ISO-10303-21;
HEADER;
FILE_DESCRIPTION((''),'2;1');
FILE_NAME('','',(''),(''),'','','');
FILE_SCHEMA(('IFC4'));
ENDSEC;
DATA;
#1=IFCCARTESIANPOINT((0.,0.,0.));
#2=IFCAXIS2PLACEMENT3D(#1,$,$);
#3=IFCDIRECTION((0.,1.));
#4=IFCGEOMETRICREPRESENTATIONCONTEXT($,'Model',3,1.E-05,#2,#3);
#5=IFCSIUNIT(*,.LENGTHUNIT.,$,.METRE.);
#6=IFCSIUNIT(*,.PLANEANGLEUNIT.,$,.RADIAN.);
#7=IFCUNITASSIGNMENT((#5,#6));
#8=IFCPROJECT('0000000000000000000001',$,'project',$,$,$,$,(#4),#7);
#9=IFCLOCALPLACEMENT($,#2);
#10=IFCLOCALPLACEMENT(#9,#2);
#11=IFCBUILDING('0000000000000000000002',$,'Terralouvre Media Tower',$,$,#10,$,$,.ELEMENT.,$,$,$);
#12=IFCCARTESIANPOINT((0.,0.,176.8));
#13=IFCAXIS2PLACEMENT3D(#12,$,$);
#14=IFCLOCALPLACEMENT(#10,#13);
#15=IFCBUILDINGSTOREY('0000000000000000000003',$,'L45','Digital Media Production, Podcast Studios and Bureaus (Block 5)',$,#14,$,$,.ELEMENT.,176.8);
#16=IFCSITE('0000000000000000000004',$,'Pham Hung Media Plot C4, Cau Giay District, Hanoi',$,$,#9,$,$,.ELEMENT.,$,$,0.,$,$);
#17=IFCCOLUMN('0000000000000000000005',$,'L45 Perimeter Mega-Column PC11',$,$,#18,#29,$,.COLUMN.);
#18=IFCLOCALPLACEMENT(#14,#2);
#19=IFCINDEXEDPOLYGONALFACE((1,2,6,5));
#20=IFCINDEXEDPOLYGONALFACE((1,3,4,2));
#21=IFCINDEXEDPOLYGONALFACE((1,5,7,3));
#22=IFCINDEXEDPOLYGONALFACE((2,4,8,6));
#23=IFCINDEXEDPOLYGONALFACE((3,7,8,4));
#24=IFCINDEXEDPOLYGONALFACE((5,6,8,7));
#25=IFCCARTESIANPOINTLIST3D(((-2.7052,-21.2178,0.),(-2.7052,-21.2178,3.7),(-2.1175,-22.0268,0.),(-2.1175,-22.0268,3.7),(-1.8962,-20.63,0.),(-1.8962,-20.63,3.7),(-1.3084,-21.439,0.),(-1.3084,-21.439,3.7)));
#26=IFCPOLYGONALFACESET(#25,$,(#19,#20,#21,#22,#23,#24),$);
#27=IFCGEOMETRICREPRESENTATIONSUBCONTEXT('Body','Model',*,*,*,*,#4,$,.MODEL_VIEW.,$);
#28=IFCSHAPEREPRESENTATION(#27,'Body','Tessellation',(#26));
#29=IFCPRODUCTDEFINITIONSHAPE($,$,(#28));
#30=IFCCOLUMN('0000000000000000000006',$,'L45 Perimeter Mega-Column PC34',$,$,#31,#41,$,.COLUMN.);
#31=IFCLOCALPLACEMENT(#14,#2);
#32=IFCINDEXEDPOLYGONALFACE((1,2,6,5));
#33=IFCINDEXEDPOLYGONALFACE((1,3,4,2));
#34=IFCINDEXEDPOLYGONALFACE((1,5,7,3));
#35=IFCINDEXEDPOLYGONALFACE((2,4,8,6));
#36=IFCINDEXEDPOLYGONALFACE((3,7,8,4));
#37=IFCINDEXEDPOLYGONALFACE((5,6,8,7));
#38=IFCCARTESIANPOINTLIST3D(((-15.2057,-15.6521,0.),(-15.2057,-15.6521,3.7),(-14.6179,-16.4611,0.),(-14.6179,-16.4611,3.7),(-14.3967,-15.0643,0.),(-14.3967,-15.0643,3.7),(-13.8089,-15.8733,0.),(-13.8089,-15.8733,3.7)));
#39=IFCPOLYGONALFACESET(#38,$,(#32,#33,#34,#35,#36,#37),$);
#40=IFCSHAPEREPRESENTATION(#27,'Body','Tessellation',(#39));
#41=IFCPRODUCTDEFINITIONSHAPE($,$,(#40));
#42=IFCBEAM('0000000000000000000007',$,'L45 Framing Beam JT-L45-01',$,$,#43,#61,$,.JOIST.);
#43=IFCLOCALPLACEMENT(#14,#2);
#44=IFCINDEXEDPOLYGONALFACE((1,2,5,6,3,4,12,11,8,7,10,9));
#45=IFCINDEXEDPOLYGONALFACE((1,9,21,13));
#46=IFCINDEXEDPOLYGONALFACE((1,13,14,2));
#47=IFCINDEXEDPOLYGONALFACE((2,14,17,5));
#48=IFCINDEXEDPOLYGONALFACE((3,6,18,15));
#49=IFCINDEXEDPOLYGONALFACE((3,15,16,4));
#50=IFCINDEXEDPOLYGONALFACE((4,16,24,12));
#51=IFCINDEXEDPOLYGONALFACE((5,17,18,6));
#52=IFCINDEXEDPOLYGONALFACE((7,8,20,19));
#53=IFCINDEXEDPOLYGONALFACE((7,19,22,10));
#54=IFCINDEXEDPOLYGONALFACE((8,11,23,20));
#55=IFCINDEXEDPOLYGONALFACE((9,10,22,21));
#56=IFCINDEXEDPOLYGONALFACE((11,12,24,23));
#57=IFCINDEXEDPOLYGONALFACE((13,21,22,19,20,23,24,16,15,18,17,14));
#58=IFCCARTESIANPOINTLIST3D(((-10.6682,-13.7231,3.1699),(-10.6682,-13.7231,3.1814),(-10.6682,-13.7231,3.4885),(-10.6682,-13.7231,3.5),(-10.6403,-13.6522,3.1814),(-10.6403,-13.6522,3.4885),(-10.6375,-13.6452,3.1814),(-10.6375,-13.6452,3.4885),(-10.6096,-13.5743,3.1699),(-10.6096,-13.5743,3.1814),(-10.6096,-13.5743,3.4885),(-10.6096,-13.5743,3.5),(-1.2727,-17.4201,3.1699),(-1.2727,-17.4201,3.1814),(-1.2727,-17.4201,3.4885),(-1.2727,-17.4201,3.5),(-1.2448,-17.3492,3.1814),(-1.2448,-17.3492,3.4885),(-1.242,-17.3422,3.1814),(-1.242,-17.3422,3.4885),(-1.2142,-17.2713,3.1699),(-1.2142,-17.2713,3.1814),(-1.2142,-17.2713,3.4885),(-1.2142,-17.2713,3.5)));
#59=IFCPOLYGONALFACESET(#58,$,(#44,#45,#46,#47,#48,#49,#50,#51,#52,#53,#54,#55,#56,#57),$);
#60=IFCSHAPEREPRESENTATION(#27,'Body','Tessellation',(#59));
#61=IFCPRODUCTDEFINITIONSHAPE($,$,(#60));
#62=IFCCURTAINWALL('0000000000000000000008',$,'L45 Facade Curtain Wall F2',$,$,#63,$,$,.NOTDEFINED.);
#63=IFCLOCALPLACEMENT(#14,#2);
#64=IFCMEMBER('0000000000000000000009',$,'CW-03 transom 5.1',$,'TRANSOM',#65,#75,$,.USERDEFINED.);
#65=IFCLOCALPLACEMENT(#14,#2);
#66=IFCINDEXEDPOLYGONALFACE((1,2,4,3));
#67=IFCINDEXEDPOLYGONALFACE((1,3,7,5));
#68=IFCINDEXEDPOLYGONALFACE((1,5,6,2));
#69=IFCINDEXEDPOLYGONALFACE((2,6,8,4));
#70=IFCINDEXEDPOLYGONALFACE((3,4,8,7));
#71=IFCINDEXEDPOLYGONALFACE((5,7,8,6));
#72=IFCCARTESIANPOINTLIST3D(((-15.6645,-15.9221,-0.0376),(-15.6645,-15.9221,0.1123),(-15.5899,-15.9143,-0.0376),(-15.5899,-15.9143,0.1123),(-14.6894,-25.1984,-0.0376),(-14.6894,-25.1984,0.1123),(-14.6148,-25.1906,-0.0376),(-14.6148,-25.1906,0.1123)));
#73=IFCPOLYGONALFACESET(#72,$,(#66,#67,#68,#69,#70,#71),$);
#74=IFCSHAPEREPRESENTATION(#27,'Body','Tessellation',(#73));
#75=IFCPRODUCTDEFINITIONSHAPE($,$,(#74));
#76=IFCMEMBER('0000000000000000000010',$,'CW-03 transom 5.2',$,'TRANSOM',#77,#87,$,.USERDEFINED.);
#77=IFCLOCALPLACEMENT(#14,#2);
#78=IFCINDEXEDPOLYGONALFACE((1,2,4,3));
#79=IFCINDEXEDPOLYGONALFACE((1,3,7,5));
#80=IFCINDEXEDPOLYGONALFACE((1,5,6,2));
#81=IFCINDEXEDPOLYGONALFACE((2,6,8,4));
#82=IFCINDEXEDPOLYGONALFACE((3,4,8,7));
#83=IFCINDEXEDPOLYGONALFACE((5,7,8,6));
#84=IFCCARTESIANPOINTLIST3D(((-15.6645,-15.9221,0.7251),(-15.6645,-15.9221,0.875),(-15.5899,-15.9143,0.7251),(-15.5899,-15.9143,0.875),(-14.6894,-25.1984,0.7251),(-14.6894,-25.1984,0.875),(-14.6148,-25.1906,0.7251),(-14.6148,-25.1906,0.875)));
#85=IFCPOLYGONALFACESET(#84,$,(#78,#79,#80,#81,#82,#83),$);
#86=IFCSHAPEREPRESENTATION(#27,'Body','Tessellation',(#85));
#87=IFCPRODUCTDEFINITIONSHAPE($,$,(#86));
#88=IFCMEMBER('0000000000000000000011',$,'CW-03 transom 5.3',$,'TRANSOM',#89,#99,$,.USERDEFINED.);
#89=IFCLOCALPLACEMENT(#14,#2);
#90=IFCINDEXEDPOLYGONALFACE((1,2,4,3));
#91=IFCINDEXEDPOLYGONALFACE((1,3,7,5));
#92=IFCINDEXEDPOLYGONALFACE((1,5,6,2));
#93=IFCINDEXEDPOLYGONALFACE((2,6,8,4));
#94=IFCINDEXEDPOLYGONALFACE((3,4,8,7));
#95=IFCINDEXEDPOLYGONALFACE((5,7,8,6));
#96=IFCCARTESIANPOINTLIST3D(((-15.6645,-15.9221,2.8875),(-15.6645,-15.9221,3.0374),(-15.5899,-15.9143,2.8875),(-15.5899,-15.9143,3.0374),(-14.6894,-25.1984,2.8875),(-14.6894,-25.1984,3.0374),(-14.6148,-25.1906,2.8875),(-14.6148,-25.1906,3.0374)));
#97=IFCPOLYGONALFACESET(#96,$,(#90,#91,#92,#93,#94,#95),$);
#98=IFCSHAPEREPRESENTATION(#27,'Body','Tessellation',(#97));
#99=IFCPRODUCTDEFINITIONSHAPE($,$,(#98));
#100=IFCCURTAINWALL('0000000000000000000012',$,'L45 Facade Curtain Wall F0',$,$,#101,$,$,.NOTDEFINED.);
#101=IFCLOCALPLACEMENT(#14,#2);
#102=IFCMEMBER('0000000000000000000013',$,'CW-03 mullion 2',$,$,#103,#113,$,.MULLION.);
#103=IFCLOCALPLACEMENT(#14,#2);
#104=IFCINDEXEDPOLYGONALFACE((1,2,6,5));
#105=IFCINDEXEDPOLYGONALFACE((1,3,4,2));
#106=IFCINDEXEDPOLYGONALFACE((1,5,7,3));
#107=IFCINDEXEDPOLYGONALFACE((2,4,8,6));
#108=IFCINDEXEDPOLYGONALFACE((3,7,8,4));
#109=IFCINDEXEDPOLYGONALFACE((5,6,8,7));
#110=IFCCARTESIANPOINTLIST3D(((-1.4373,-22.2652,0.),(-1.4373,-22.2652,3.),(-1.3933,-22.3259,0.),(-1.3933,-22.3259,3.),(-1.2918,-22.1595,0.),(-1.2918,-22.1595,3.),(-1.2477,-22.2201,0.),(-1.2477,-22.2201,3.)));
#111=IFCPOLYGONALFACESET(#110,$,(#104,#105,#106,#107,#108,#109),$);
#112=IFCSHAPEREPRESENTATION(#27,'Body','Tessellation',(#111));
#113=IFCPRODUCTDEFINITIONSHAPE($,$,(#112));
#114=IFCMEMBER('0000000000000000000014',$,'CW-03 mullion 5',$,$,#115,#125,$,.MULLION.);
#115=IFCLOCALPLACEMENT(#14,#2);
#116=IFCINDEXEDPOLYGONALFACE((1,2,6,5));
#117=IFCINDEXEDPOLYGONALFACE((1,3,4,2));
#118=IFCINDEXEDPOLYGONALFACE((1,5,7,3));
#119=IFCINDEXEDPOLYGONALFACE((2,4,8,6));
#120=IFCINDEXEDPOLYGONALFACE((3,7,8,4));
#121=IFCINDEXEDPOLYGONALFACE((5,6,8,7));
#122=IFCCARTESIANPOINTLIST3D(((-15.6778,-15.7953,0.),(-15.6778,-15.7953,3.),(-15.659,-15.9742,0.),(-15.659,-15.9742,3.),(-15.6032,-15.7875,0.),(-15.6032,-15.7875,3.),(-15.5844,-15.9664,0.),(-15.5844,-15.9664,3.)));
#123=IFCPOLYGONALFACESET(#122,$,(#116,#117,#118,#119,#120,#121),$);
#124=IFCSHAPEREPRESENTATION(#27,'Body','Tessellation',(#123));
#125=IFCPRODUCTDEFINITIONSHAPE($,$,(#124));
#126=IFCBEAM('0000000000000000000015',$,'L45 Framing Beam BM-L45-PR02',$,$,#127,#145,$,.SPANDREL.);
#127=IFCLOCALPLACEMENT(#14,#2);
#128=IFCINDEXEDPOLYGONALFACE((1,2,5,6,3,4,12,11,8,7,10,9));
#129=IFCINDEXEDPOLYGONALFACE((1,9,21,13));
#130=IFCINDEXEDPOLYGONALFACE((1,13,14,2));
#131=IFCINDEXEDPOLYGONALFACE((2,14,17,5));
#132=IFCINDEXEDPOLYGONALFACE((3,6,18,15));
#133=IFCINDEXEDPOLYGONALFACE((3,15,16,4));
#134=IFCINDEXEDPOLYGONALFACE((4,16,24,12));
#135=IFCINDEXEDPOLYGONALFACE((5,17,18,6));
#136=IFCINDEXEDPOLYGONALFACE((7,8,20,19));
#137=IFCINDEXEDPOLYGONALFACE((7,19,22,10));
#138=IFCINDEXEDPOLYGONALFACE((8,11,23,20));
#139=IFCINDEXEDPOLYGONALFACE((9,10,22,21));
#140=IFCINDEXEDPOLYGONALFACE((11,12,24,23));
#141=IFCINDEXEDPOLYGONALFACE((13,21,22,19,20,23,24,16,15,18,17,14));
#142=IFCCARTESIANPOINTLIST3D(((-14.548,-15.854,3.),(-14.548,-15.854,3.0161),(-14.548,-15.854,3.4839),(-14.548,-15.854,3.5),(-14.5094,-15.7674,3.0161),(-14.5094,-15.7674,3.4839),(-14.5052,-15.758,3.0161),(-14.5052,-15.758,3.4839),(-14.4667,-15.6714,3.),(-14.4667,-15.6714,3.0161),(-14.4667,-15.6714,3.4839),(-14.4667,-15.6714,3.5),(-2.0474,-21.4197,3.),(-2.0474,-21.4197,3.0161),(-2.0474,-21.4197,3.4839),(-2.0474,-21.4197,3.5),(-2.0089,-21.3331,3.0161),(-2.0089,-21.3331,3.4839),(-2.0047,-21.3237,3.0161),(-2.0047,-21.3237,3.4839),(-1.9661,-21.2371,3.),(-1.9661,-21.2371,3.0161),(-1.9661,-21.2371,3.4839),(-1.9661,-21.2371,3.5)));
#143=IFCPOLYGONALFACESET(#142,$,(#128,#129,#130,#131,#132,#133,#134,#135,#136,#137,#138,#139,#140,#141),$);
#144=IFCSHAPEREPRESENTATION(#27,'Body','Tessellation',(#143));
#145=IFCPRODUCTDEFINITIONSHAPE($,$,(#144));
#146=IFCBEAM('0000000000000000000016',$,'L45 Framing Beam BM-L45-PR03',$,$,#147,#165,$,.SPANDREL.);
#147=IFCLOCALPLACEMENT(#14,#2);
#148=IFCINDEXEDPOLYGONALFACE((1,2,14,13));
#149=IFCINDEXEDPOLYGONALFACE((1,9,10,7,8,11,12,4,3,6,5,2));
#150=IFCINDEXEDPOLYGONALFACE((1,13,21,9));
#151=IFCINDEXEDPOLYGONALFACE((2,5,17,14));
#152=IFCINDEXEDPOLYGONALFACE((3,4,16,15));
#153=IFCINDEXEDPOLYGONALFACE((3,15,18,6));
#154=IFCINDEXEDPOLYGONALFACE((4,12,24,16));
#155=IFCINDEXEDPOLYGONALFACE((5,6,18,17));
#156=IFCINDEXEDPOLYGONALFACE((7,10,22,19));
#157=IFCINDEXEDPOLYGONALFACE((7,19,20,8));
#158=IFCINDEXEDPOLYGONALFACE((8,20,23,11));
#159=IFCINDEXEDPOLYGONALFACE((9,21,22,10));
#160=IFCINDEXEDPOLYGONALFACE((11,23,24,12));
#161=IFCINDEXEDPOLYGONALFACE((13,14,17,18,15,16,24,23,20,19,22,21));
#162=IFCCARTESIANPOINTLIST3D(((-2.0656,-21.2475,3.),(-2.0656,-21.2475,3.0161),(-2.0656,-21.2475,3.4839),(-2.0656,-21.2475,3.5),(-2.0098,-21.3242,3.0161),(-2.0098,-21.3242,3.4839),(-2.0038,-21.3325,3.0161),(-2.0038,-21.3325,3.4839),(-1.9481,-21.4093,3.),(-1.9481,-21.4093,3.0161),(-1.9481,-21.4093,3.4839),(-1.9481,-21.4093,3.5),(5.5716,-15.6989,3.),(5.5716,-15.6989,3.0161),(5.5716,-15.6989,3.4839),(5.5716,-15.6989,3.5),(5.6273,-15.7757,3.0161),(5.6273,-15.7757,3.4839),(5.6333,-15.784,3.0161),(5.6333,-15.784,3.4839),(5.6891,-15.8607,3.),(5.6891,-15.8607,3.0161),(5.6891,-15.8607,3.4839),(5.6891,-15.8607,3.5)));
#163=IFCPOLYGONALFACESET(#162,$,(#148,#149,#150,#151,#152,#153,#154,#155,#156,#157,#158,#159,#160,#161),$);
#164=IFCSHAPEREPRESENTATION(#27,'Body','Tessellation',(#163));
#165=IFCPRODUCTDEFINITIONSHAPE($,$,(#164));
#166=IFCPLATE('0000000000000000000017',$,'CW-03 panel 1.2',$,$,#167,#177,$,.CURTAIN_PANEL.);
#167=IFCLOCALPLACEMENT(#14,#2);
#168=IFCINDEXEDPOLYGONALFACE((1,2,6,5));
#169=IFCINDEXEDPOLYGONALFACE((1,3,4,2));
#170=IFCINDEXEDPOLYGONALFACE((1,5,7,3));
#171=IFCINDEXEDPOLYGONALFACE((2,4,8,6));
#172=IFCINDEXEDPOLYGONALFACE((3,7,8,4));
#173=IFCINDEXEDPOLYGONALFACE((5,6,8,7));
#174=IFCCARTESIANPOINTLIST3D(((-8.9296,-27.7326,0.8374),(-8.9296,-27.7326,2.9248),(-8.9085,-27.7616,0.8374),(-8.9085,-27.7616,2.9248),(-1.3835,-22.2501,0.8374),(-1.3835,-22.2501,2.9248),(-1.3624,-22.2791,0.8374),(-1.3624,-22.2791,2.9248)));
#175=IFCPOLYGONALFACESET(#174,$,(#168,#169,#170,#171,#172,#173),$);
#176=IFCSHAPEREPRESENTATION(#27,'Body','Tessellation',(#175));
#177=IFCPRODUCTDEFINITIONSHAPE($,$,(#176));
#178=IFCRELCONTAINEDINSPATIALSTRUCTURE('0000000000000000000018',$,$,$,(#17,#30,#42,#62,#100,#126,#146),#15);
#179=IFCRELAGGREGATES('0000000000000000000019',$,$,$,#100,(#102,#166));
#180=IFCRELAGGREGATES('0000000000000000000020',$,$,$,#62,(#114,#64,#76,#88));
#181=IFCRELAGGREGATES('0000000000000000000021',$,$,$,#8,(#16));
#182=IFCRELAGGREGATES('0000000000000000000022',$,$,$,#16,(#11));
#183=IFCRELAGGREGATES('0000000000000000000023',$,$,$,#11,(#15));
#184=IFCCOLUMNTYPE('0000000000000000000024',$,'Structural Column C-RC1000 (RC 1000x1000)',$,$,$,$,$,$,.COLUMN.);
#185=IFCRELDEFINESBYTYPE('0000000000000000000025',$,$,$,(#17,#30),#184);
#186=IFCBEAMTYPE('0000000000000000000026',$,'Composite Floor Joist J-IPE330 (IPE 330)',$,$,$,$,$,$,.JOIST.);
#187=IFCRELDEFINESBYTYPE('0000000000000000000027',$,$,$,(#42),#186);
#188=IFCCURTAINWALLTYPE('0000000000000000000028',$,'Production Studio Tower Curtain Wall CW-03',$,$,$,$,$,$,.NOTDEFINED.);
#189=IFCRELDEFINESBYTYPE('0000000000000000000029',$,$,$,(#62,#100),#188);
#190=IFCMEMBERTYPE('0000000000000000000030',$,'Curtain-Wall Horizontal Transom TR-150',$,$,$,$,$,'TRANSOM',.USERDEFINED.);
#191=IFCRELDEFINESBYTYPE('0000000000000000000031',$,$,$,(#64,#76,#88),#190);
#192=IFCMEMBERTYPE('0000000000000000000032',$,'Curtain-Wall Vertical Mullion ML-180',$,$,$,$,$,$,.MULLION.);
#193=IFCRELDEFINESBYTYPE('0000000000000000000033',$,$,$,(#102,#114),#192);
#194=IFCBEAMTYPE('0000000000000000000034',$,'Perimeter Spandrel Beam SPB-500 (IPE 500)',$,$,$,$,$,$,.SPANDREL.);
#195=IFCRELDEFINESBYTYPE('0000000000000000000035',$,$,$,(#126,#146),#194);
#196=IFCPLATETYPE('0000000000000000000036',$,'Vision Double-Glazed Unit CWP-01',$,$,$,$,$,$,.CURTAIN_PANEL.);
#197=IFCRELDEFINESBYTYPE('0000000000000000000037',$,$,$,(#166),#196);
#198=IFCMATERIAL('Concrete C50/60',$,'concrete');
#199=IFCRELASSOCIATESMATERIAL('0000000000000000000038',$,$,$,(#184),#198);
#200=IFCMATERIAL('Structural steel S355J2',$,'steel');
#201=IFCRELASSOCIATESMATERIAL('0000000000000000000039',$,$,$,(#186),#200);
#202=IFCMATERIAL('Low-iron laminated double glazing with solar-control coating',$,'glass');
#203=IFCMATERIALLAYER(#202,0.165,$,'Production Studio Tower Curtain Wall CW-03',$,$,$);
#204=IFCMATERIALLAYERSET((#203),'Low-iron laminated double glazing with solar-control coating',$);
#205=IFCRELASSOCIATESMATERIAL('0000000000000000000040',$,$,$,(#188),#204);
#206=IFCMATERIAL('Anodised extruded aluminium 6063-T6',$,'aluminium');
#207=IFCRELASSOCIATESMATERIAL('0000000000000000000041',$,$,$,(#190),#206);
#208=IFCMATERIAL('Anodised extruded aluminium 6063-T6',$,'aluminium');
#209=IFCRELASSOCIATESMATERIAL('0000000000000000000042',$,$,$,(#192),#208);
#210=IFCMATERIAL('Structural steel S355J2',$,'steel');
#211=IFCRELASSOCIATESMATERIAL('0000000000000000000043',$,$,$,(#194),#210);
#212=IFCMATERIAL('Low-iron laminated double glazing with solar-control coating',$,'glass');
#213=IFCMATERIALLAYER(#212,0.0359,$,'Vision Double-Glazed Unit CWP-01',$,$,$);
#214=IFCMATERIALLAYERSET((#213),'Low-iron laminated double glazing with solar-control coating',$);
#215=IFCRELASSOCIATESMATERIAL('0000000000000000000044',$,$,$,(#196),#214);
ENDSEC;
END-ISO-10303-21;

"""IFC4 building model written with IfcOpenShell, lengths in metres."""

from ifc_helpers import new_model, si_unit, direction, frame, origin, origin_2d, place, context, subcontext, project, spatial, rectangle, i_section, extrude, material, layer, layer_set, material_profile, profile_set, type_object, element, aggregate, save


model = new_model("IFC4")

# Units and contexts
model_context = context("Model", 3, precision=1e-05, world=origin(), true_north=direction((0.0, 1.0)))
body_context = subcontext(model_context, "Body", "Model", "MODEL_VIEW")
ifc_project = project(units=[si_unit("LENGTHUNIT", "METRE"), si_unit("PLANEANGLEUNIT", "RADIAN")], contexts=[model_context])

# Site, building, storey
site_placement = place(None, origin())
site = spatial("IfcSite", under=ifc_project, at=site_placement, Name="Pham Hung Media Plot C4, Cau Giay District, Hanoi", CompositionType="ELEMENT", RefElevation=0.0)
building_placement = place(site_placement, origin())
building = spatial("IfcBuilding", under=site, at=building_placement, Name="Terralouvre Media Tower", CompositionType="ELEMENT")
storey_placement = place(building_placement, frame((0.0, 0.0, 176.8)))
storey = spatial("IfcBuildingStorey", under=building, at=storey_placement, Name="L45", Description="Digital Media Production, Podcast Studios and Bureaus (Block 5)", CompositionType="ELEMENT", Elevation=176.8)

# Columns
ifc_material_1 = material(Name="Concrete C50/60", Category="concrete")
ifc_material_profile_1 = material_profile(ifc_material_1, rectangle(XDim=1.0, YDim=1.0, at=origin_2d()), Name="RC 1000x1000")
ifc_profile_set_1 = profile_set([ifc_material_profile_1], Name="Concrete C50/60")
column_type = type_object("IfcColumnType", Name="Structural Column C-RC1000 (RC 1000x1000)", PredefinedType="COLUMN", material=ifc_profile_set_1)
for number, where, z_axis, x_axis, name in (
    (1, (-2.0068, -21.3284, 0.0), (0.0, 0.0, 1.0), (0.809017, 0.587785, 0.0), "L45 Perimeter Mega-Column PC11"),
    (2, (-14.5073, -15.7627, 0.0), (0.0, 0.0, 1.0), (0.809017, 0.587785, 0.0), "L45 Perimeter Mega-Column PC34"),
):
    element("IfcColumn", number, at=place(storey_placement, frame(where, z_axis=z_axis, x_axis=x_axis)), inside=storey, type_object=column_type, Name=name, PredefinedType="COLUMN", context=body_context, shape_type="SweptSolid", body=[
        extrude(rectangle(XDim=1.0, YDim=1.0, at=origin_2d()), origin(), (0.0, 0.0, 1.0), 3.7),
    ])

# Beam
ifc_material_2 = material(Name="Structural steel S355J2", Category="steel")
ifc_material_profile_2 = material_profile(ifc_material_2, i_section(OverallWidth=0.1599, OverallDepth=0.3301, WebThickness=0.0076, FlangeThickness=0.0115, at=origin_2d()), Name="IPE 330")
ifc_profile_set_2 = profile_set([ifc_material_profile_2], Name="Structural steel S355J2")
beam_type_1 = type_object("IfcBeamType", Name="Composite Floor Joist J-IPE330 (IPE 330)", PredefinedType="JOIST", material=ifc_profile_set_2)
beam_1_placement = place(storey_placement, frame((-10.6389, -13.6487, 3.335), z_axis=(0.930552, -0.366161, 0.0), x_axis=(0.366161, 0.930552, 0.0)))
element("IfcBeam", 3, at=beam_1_placement, inside=storey, type_object=beam_type_1, Name="L45 Framing Beam JT-L45-01", PredefinedType="JOIST", context=body_context, shape_type="SweptSolid", body=[
    extrude(i_section(OverallWidth=0.1599, OverallDepth=0.3301, WebThickness=0.0076, FlangeThickness=0.0115, at=origin_2d()), origin(), (0.0, 0.0, 1.0), 10.0967),
])

# Curtain wall, members
ifc_material_3 = material(Name="Low-iron laminated double glazing with solar-control coating", Category="glass")
ifc_layer_1 = layer(ifc_material_3, 0.165, Name="Production Studio Tower Curtain Wall CW-03")
ifc_layer_set_1 = layer_set([ifc_layer_1], Name="Low-iron laminated double glazing with solar-control coating")
curtain_wall_type = type_object("IfcCurtainWallType", Name="Production Studio Tower Curtain Wall CW-03", PredefinedType="NOTDEFINED", material=ifc_layer_set_1)
curtain_wall_1_placement = place(storey_placement, origin())
curtain_wall_1 = element("IfcCurtainWall", 4, at=curtain_wall_1_placement, inside=storey, type_object=curtain_wall_type, Name="L45 Facade Curtain Wall F2", PredefinedType="NOTDEFINED")
ifc_material_4 = material(Name="Anodised extruded aluminium 6063-T6", Category="aluminium")
ifc_material_profile_3 = material_profile(ifc_material_4, rectangle(XDim=0.075, YDim=0.1499, at=origin_2d()), Name="ALU 75x150")
ifc_profile_set_3 = profile_set([ifc_material_profile_3], Name="Anodised extruded aluminium 6063-T6")
member_type_1 = type_object("IfcMemberType", Name="Curtain-Wall Horizontal Transom TR-150", ElementType="TRANSOM", PredefinedType="USERDEFINED", material=ifc_profile_set_3)
member_1_placement = place(storey_placement, frame((-15.6272, -15.9182, 0.0374), z_axis=(0.10454, -0.994521, 0.0), x_axis=(0.994521, 0.10454, 0.0)))
member_1 = element("IfcMember", 5, at=member_1_placement, type_object=member_type_1, Name="CW-03 transom 5.1", ObjectType="TRANSOM", PredefinedType="USERDEFINED", context=body_context, shape_type="SweptSolid", body=[
    extrude(rectangle(XDim=0.075, YDim=0.1499, at=origin_2d()), origin(), (0.0, 0.0, 1.0), 9.3274),
])
member_2_placement = place(storey_placement, frame((-15.6272, -15.9182, 0.8), z_axis=(0.10454, -0.994521, 0.0), x_axis=(0.994521, 0.10454, 0.0)))
member_2 = element("IfcMember", 6, at=member_2_placement, type_object=member_type_1, Name="CW-03 transom 5.2", ObjectType="TRANSOM", PredefinedType="USERDEFINED", context=body_context, shape_type="SweptSolid", body=[
    extrude(rectangle(XDim=0.075, YDim=0.1499, at=origin_2d()), origin(), (0.0, 0.0, 1.0), 9.3274),
])
member_3_placement = place(storey_placement, frame((-15.6272, -15.9182, 2.9624), z_axis=(0.10454, -0.994521, 0.0), x_axis=(0.994521, 0.10454, 0.0)))
member_3 = element("IfcMember", 7, at=member_3_placement, type_object=member_type_1, Name="CW-03 transom 5.3", ObjectType="TRANSOM", PredefinedType="USERDEFINED", context=body_context, shape_type="SweptSolid", body=[
    extrude(rectangle(XDim=0.075, YDim=0.1499, at=origin_2d()), origin(), (0.0, 0.0, 1.0), 9.3274),
])

# Curtain wall, member
curtain_wall_2_placement = place(storey_placement, origin())
curtain_wall_2 = element("IfcCurtainWall", 8, at=curtain_wall_2_placement, inside=storey, type_object=curtain_wall_type, Name="L45 Facade Curtain Wall F0", PredefinedType="NOTDEFINED")
ifc_material_5 = material(Name="Anodised extruded aluminium 6063-T6", Category="aluminium")
ifc_material_profile_4 = material_profile(ifc_material_5, rectangle(XDim=0.075, YDim=0.1799, at=origin_2d()), Name="ALU 75x180")
ifc_profile_set_4 = profile_set([ifc_material_profile_4], Name="Anodised extruded aluminium 6063-T6")
member_type_2 = type_object("IfcMemberType", Name="Curtain-Wall Vertical Mullion ML-180", PredefinedType="MULLION", material=ifc_profile_set_4)
member_4_placement = place(storey_placement, frame((-1.3425, -22.2427, 0.0), z_axis=(0.0, 0.0, 1.0), x_axis=(-0.587785, 0.809017, 0.0)))
member_4 = element("IfcMember", 9, at=member_4_placement, type_object=member_type_2, Name="CW-03 mullion 2", PredefinedType="MULLION", context=body_context, shape_type="SweptSolid", body=[
    extrude(rectangle(XDim=0.075, YDim=0.1799, at=origin_2d()), origin(), (0.0, 0.0, 1.0), 3.0),
])

# Member
member_5_placement = place(storey_placement, frame((-15.6311, -15.8809, 0.0), z_axis=(0.0, 0.0, 1.0), x_axis=(0.994522, 0.104528, 0.0)))
member_5 = element("IfcMember", 10, at=member_5_placement, type_object=member_type_2, Name="CW-03 mullion 5", PredefinedType="MULLION", context=body_context, shape_type="SweptSolid", body=[
    extrude(rectangle(XDim=0.075, YDim=0.1799, at=origin_2d()), origin(), (0.0, 0.0, 1.0), 3.0),
])

# Beams
ifc_material_6 = material(Name="Structural steel S355J2", Category="steel")
ifc_material_profile_5 = material_profile(ifc_material_6, i_section(OverallWidth=0.2, OverallDepth=0.5, WebThickness=0.0103, FlangeThickness=0.0161, at=origin_2d()), Name="IPE 500")
ifc_profile_set_5 = profile_set([ifc_material_profile_5], Name="Structural steel S355J2")
beam_type_2 = type_object("IfcBeamType", Name="Perimeter Spandrel Beam SPB-500 (IPE 500)", PredefinedType="SPANDREL", material=ifc_profile_set_5)
beam_2_placement = place(storey_placement, frame((-14.5073, -15.7627, 3.25), z_axis=(0.913543, -0.406743, 0.0), x_axis=(0.406743, 0.913543, 0.0)))
element("IfcBeam", 11, at=beam_2_placement, inside=storey, type_object=beam_type_2, Name="L45 Framing Beam BM-L45-PR02", PredefinedType="SPANDREL", context=body_context, shape_type="SweptSolid", body=[
    extrude(i_section(OverallWidth=0.2, OverallDepth=0.5, WebThickness=0.0103, FlangeThickness=0.0161, at=origin_2d()), origin(), (0.0, 0.0, 1.0), 13.6836),
])
beam_3_placement = place(storey_placement, frame((-2.0068, -21.3284, 3.25), z_axis=(0.809026, 0.587773, 0.0), x_axis=(-0.587773, 0.809026, 0.0)))
element("IfcBeam", 12, at=beam_3_placement, inside=storey, type_object=beam_type_2, Name="L45 Framing Beam BM-L45-PR03", PredefinedType="SPANDREL", context=body_context, shape_type="SweptSolid", body=[
    extrude(i_section(OverallWidth=0.2, OverallDepth=0.5, WebThickness=0.0103, FlangeThickness=0.0161, at=origin_2d()), origin(), (0.0, 0.0, 1.0), 9.4399),
])

# Plate
ifc_material_7 = material(Name="Low-iron laminated double glazing with solar-control coating", Category="glass")
ifc_layer_2 = layer(ifc_material_7, 0.0359, Name="Vision Double-Glazed Unit CWP-01")
ifc_layer_set_2 = layer_set([ifc_layer_2], Name="Low-iron laminated double glazing with solar-control coating")
plate_type = type_object("IfcPlateType", Name="Vision Double-Glazed Unit CWP-01", PredefinedType="CURTAIN_PANEL", material=ifc_layer_set_2)
plate_1_placement = place(storey_placement, frame((-5.146, -25.0059, 0.8374), z_axis=(0.0, 0.0, 1.0), x_axis=(0.809017, 0.587785, 0.0)))
plate_1 = element("IfcPlate", 13, at=plate_1_placement, type_object=plate_type, Name="CW-03 panel 1.2", PredefinedType="CURTAIN_PANEL", context=body_context, shape_type="SweptSolid", body=[
    extrude(rectangle(XDim=9.3274, YDim=0.0359, at=origin_2d()), origin(), (0.0, 0.0, 1.0), 2.0874),
])
aggregate(curtain_wall_2, [member_4, plate_1])
aggregate(curtain_wall_1, [member_5, member_1, member_2, member_3])

save(model, "model.ifc")
